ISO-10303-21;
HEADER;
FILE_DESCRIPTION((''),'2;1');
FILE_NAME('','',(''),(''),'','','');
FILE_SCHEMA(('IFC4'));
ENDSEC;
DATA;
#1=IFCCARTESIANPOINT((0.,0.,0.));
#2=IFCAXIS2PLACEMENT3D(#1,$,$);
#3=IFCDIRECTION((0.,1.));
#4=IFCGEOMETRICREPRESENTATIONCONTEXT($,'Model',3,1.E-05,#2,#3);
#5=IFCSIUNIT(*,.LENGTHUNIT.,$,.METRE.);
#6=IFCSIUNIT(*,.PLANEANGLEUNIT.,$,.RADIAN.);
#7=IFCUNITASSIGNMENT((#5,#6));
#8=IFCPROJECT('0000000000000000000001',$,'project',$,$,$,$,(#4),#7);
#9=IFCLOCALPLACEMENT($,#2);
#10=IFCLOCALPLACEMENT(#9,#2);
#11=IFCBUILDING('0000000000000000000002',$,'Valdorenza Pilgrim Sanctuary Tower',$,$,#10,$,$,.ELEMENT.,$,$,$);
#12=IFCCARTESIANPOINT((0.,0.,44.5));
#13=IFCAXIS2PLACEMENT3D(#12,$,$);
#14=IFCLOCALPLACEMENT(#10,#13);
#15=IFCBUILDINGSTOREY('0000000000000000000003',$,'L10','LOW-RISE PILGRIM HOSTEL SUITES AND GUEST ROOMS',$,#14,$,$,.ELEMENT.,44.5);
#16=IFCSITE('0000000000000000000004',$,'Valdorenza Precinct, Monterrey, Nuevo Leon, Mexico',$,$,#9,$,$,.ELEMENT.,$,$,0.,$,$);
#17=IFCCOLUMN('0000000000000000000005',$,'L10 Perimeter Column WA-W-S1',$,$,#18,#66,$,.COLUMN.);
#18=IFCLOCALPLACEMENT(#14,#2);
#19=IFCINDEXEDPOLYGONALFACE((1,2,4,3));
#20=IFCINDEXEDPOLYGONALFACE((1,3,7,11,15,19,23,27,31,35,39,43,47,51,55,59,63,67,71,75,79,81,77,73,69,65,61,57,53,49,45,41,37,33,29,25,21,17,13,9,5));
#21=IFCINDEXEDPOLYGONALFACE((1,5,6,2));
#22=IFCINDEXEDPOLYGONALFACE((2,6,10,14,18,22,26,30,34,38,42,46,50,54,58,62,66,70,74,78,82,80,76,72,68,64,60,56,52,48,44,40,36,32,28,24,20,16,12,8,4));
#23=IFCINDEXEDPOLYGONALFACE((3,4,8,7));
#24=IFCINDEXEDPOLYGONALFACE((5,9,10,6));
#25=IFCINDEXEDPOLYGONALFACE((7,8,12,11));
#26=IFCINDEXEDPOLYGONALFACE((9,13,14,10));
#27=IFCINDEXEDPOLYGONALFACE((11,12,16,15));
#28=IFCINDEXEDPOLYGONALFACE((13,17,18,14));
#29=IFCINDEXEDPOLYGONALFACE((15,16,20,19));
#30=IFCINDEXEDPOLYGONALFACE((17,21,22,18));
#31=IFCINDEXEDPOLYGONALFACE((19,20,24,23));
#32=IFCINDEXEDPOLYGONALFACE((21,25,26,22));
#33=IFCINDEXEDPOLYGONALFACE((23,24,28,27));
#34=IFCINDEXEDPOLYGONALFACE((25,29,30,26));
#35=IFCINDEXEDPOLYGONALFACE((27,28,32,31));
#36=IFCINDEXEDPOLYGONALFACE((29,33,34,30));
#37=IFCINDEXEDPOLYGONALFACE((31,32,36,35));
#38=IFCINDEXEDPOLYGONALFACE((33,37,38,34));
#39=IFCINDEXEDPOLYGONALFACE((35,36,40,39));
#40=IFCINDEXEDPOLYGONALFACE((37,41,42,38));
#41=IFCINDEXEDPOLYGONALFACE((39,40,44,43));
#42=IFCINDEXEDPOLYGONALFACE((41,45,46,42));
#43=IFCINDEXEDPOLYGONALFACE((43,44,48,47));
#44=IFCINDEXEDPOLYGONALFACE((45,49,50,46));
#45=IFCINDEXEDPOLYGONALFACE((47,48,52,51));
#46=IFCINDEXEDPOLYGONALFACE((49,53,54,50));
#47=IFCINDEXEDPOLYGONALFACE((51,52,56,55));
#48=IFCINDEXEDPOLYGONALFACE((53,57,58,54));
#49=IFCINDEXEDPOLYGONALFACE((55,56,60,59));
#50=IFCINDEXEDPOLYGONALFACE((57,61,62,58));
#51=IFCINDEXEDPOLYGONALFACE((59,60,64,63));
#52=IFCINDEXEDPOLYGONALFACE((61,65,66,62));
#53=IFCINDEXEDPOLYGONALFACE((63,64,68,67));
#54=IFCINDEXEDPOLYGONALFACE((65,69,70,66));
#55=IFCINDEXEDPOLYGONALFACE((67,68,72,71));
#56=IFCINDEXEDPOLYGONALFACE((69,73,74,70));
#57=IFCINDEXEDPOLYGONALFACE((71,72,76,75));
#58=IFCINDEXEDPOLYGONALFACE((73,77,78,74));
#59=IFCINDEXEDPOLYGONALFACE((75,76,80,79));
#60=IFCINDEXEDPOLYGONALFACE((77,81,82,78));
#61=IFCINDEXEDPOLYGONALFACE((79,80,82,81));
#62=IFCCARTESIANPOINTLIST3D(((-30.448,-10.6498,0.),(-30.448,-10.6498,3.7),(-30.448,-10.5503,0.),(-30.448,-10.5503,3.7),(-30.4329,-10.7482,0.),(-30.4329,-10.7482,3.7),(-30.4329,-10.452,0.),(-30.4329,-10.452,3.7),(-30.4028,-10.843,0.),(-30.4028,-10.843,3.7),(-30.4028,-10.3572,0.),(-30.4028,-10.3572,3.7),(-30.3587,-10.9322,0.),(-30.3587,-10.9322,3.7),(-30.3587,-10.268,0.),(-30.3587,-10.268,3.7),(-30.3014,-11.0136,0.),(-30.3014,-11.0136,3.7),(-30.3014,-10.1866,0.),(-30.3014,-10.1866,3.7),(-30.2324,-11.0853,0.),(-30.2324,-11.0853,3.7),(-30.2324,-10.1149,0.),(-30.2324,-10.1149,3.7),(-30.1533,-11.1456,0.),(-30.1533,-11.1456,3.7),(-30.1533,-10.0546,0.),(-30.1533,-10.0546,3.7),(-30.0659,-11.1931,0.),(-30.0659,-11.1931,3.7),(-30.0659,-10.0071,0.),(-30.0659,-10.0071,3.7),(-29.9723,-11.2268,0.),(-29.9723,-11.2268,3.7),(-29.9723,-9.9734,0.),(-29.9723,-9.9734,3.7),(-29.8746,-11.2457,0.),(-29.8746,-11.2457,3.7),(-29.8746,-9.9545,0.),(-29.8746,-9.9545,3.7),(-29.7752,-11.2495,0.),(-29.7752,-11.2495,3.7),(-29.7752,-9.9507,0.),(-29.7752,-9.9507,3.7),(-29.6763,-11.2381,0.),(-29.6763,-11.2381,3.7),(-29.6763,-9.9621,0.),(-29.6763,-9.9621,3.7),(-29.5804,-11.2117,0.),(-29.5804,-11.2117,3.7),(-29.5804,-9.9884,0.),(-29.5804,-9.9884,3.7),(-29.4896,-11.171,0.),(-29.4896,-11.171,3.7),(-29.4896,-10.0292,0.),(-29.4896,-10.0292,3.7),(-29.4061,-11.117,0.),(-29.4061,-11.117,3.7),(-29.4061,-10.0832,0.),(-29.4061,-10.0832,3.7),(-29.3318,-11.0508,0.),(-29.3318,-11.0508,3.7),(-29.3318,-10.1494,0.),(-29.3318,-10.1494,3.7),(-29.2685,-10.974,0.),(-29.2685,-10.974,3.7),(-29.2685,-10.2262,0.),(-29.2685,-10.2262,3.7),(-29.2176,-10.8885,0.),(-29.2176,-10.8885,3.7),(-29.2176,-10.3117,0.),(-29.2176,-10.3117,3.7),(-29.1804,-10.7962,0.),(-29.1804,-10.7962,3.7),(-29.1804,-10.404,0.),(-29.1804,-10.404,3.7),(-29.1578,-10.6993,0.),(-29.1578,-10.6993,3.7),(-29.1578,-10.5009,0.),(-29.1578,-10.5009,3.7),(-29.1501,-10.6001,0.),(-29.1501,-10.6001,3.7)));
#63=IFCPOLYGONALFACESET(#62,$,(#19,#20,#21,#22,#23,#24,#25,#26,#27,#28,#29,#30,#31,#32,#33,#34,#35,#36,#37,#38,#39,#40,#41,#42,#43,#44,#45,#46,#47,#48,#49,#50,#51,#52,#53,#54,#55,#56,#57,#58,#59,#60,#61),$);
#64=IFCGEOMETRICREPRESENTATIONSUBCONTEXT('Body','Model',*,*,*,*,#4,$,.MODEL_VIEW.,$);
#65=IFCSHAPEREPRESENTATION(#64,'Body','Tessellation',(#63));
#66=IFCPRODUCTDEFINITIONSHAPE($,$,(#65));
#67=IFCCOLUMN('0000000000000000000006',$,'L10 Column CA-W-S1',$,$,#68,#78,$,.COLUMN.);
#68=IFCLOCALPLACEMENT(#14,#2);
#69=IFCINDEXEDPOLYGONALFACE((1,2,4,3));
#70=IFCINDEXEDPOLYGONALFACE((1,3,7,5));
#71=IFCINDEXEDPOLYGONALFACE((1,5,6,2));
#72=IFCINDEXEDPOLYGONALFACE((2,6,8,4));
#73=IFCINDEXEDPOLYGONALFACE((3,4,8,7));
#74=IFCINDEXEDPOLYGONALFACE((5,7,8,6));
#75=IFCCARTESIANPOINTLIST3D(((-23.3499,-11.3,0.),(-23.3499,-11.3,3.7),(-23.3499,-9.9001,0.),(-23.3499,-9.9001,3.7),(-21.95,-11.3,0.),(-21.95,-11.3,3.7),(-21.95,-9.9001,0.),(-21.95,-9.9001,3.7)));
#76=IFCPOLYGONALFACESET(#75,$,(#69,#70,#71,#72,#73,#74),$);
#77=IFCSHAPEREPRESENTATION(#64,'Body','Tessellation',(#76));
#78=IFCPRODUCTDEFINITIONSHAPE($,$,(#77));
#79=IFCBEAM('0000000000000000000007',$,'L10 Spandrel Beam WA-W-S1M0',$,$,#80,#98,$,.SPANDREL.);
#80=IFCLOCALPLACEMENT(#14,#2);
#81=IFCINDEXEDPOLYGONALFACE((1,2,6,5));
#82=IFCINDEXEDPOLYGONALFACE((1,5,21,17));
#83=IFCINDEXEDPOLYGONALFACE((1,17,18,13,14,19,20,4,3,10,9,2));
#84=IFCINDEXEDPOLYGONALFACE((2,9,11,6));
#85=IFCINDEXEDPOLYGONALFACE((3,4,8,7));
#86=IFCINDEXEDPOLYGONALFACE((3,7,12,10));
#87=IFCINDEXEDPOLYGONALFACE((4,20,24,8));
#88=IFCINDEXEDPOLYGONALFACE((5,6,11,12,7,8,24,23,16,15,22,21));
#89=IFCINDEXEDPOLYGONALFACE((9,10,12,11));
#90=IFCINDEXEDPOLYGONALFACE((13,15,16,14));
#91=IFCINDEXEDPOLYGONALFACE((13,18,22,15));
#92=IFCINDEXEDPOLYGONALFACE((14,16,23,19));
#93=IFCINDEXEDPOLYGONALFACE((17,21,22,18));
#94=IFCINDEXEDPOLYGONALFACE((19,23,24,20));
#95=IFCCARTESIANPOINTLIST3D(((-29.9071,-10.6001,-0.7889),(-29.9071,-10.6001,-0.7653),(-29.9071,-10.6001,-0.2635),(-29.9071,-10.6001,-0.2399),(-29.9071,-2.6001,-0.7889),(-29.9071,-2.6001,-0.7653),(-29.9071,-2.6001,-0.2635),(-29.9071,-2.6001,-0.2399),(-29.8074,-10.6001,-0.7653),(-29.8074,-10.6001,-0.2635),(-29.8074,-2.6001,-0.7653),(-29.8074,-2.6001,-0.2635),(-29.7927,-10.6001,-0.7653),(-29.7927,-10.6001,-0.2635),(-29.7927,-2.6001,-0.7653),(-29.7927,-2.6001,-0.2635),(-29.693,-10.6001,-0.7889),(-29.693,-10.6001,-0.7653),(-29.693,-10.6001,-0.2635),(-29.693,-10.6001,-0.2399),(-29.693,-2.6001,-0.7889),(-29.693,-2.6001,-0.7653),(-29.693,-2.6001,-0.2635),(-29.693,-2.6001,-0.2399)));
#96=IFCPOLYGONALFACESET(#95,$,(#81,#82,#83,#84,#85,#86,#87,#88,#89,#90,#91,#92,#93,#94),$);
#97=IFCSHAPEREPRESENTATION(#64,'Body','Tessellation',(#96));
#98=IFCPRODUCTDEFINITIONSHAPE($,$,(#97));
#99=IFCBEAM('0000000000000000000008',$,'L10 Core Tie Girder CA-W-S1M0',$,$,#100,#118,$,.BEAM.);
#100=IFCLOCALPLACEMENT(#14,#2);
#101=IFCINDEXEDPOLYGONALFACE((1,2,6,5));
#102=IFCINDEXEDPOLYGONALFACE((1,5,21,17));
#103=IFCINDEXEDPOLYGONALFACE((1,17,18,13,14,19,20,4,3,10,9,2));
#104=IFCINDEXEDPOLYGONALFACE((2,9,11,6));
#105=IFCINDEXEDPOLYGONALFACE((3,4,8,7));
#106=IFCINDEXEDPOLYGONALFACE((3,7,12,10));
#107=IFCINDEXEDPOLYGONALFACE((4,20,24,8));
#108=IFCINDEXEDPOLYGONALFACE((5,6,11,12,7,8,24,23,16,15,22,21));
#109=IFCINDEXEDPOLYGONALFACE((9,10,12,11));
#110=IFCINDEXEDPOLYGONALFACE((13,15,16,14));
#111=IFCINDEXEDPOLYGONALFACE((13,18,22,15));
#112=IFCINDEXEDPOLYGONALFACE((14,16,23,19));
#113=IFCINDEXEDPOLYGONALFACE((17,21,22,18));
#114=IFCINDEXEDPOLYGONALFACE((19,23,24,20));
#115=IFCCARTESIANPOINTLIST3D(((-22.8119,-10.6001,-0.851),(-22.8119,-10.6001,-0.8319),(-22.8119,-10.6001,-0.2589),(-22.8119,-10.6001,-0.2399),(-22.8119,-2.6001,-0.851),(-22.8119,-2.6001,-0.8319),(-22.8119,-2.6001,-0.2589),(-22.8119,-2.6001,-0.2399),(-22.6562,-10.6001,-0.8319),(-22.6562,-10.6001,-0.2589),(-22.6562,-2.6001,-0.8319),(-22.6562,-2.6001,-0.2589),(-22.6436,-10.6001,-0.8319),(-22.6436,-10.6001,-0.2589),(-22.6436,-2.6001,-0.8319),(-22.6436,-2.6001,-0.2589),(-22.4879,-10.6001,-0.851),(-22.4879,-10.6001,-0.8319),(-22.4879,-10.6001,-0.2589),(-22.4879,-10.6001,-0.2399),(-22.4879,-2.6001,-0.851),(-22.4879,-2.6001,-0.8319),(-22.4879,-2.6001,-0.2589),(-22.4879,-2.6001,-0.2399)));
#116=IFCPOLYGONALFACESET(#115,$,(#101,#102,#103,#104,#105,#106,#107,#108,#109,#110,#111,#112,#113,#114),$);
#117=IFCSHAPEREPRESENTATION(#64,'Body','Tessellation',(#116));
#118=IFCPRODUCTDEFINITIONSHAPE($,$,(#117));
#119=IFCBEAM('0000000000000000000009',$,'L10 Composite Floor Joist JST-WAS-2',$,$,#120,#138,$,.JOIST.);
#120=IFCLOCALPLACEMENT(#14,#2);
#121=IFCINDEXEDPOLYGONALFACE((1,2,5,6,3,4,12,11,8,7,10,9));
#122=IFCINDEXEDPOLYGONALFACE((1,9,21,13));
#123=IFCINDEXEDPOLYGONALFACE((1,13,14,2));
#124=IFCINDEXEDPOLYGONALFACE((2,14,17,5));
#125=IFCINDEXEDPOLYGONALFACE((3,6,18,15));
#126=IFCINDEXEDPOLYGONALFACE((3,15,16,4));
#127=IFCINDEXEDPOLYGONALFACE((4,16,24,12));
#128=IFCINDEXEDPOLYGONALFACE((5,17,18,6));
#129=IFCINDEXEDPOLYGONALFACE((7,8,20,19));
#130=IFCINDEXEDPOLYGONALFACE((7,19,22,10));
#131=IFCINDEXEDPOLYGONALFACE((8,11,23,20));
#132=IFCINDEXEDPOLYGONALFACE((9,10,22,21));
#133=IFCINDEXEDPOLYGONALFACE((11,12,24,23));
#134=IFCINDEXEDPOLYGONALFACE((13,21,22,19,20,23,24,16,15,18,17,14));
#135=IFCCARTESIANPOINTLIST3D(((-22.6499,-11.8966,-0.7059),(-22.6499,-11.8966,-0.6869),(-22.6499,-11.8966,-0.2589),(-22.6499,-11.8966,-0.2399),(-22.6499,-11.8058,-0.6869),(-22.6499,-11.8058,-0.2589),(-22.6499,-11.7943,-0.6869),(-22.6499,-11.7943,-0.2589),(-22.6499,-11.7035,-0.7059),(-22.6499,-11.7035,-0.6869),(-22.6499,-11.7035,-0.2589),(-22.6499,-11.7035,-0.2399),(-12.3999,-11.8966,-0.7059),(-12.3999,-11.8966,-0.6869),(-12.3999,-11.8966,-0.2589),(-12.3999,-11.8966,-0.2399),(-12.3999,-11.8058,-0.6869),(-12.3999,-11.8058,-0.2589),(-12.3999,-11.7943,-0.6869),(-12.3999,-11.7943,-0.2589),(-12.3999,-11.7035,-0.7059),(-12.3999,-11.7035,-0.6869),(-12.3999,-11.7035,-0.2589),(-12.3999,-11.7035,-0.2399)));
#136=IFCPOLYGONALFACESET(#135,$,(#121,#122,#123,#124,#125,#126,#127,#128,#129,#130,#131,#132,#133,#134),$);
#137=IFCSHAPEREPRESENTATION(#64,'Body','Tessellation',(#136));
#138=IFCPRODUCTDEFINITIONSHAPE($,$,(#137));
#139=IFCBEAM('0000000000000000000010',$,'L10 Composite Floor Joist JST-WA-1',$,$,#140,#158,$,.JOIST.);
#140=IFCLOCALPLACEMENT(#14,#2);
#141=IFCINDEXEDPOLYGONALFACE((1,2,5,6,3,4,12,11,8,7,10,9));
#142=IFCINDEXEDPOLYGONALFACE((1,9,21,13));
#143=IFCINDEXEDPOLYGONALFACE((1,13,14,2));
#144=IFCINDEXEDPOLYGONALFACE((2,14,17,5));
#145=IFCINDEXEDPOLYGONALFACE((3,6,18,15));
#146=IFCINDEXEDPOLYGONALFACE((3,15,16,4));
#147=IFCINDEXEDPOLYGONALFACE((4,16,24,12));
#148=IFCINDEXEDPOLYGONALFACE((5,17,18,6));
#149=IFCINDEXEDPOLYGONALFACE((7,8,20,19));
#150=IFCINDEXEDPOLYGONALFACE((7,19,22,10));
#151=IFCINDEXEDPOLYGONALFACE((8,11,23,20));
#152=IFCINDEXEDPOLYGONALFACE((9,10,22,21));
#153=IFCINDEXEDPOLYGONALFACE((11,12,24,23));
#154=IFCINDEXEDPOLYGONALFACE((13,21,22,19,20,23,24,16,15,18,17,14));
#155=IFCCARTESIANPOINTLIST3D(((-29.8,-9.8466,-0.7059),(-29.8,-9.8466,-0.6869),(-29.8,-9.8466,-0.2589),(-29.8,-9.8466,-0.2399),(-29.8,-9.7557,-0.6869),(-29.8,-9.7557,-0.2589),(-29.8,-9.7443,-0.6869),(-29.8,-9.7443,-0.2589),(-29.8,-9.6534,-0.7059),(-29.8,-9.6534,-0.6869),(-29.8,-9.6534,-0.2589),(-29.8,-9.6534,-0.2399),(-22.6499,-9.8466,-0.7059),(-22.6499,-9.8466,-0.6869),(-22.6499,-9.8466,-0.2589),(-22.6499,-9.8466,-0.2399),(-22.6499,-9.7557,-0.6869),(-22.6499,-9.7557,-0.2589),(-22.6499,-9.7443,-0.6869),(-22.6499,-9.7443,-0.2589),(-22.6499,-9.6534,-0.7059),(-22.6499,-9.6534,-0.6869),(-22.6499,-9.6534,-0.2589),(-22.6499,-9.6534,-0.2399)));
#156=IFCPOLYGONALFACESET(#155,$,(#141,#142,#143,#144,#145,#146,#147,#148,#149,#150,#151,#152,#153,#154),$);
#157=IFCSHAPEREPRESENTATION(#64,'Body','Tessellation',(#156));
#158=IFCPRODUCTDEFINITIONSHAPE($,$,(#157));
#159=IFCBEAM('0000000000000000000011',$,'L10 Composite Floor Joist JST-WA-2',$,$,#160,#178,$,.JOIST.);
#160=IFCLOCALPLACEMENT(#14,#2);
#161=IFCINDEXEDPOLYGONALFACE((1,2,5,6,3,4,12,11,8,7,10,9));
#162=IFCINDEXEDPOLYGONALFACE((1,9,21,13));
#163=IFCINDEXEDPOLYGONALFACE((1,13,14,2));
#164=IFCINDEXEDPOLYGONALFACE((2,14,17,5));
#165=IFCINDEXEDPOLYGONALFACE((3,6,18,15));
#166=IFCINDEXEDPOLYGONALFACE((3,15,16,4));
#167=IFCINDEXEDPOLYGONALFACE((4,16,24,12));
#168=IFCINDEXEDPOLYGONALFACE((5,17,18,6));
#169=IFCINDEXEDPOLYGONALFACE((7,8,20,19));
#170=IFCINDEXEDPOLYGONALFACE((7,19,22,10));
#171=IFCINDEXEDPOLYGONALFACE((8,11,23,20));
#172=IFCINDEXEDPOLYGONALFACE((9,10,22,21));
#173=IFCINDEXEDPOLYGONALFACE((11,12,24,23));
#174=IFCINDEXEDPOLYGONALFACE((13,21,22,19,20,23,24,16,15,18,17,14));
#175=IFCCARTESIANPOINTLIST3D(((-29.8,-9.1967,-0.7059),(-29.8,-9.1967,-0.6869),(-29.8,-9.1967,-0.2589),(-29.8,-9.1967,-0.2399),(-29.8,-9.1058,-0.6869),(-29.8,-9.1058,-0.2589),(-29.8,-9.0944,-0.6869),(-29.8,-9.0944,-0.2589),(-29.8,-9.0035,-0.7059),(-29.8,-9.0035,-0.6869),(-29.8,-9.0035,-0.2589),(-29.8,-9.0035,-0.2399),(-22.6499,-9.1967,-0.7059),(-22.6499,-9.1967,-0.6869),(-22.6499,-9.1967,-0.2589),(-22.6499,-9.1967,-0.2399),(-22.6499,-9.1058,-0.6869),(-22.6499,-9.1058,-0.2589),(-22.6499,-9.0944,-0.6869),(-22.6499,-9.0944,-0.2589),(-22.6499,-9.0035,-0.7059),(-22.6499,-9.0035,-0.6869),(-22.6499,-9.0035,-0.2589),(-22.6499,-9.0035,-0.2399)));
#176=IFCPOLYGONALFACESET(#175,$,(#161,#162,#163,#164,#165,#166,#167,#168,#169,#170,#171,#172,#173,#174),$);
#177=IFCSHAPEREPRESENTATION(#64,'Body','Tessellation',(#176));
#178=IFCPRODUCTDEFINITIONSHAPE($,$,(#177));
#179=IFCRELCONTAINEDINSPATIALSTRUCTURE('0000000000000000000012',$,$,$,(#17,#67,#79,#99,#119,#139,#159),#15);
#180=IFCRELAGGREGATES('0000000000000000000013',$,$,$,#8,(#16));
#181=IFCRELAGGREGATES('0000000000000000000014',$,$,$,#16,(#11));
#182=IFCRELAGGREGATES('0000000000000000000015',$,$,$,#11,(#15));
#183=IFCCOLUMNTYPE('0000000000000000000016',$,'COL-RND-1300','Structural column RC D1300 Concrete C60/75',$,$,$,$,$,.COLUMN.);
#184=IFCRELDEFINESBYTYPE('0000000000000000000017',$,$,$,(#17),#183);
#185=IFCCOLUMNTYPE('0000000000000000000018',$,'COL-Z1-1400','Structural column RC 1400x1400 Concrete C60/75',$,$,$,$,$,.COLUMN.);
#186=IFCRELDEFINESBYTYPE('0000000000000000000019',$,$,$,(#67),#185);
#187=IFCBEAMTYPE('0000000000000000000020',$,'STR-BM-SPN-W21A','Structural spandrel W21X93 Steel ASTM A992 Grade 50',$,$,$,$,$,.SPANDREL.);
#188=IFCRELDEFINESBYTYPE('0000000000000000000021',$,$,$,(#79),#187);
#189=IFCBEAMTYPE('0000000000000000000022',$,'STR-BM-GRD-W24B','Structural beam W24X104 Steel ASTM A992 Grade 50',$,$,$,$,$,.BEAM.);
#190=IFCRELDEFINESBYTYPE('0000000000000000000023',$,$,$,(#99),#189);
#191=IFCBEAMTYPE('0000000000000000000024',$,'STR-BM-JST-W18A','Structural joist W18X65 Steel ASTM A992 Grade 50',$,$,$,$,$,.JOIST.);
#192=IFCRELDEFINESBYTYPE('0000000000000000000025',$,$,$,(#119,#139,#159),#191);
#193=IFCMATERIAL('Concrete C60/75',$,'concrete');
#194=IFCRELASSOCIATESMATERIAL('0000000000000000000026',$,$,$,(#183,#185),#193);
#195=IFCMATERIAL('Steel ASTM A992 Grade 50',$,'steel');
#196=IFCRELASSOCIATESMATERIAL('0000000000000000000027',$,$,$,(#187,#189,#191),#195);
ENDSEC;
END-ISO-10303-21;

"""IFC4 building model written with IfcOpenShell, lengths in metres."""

from ifc_helpers import new_model, si_unit, direction, frame, origin, origin_2d, place, context, subcontext, project, spatial, rectangle, circle, i_section, extrude, source, transform, mapped, material, material_profile, profile_set, type_object, element, save


model = new_model("IFC4")

# Units and contexts
model_context = context("Model", 3, precision=1e-05, world=origin(), true_north=direction((0.0, 1.0)))
body_context = subcontext(model_context, "Body", "Model", "MODEL_VIEW")
ifc_project = project(units=[si_unit("LENGTHUNIT", "METRE"), si_unit("PLANEANGLEUNIT", "RADIAN")], contexts=[model_context])

# Site, building, storey
site_placement = place(None, origin())
site = spatial("IfcSite", under=ifc_project, at=site_placement, Name="Valdorenza Precinct, Monterrey, Nuevo Leon, Mexico", CompositionType="ELEMENT", RefElevation=0.0)
building_placement = place(site_placement, origin())
building = spatial("IfcBuilding", under=site, at=building_placement, Name="Valdorenza Pilgrim Sanctuary Tower", CompositionType="ELEMENT")
storey_placement = place(building_placement, frame((0.0, 0.0, 44.5)))
storey = spatial("IfcBuildingStorey", under=building, at=storey_placement, Name="L10", Description="LOW-RISE PILGRIM HOSTEL SUITES AND GUEST ROOMS", CompositionType="ELEMENT", Elevation=44.5)

# Columns
ifc_material_1 = material(Name="Concrete C60/75", Category="concrete")
ifc_material_profile_1 = material_profile(ifc_material_1, circle(Radius=0.6499, at=origin_2d()), Name="RC D1300")
ifc_profile_set_1 = profile_set([ifc_material_profile_1], Name="Concrete C60/75")
column_type_1 = type_object("IfcColumnType", Name="COL-RND-1300", Description="Structural column RC D1300 Concrete C60/75", PredefinedType="COLUMN", material=ifc_profile_set_1)
shared_shape_1 = source(origin(), body_context, "Body", "SweptSolid", [
    extrude(circle(Radius=0.6499, at=origin_2d()), origin(), (0.0, 0.0, 1.0), 3.7),
])
column_1_placement = place(storey_placement, frame((-29.8, -10.6001, 0.0), z_axis=(0.0, 0.0, 1.0), x_axis=(1.0, 0.0, 0.0)))
element("IfcColumn", 1, at=column_1_placement, inside=storey, type_object=column_type_1, Name="L10 Perimeter Column WA-W-S1", PredefinedType="COLUMN", context=body_context, shape_type="MappedRepresentation", body=[
    mapped(shared_shape_1, transform((0.0, 0.0, 0.0), x_axis=(1.0, 0.0, 0.0), y_axis=(0.0, 1.0, 0.0), z_axis=(0.0, 0.0, 1.0), scale=1.0)),
])
ifc_material_profile_2 = material_profile(ifc_material_1, rectangle(XDim=1.3999, YDim=1.3999, at=origin_2d()), Name="RC 1400x1400")
ifc_profile_set_2 = profile_set([ifc_material_profile_2], Name="Concrete C60/75")
column_type_2 = type_object("IfcColumnType", Name="COL-Z1-1400", Description="Structural column RC 1400x1400 Concrete C60/75", PredefinedType="COLUMN", material=ifc_profile_set_2)
shared_shape_2 = source(origin(), body_context, "Body", "SweptSolid", [
    extrude(rectangle(XDim=1.3999, YDim=1.3999, at=origin_2d()), origin(), (0.0, 0.0, 1.0), 3.7),
])
column_2_placement = place(storey_placement, frame((-22.6499, -10.6001, 0.0), z_axis=(0.0, 0.0, 1.0), x_axis=(1.0, 0.0, 0.0)))
element("IfcColumn", 2, at=column_2_placement, inside=storey, type_object=column_type_2, Name="L10 Column CA-W-S1", PredefinedType="COLUMN", context=body_context, shape_type="MappedRepresentation", body=[
    mapped(shared_shape_2, transform((0.0, 0.0, 0.0), x_axis=(1.0, 0.0, 0.0), y_axis=(0.0, 1.0, 0.0), z_axis=(0.0, 0.0, 1.0), scale=1.0)),
])

# Beams
ifc_material_2 = material(Name="Steel ASTM A992 Grade 50", Category="steel")
ifc_material_profile_3 = material_profile(ifc_material_2, i_section(OverallWidth=0.2141, OverallDepth=0.5491, WebThickness=0.0146, FlangeThickness=0.0237, at=origin_2d()), Name="W21X93")
ifc_profile_set_3 = profile_set([ifc_material_profile_3], Name="Steel ASTM A992 Grade 50")
beam_type_1 = type_object("IfcBeamType", Name="STR-BM-SPN-W21A", Description="Structural spandrel W21X93 Steel ASTM A992 Grade 50", PredefinedType="SPANDREL", material=ifc_profile_set_3)
shared_shape_3 = source(origin(), body_context, "Body", "SweptSolid", [
    extrude(i_section(OverallWidth=0.2141, OverallDepth=0.5491, WebThickness=0.0146, FlangeThickness=0.0237, at=origin_2d()), origin(), (0.0, 0.0, 1.0), 8.0),
])
beam_1_placement = place(storey_placement, frame((-29.8, -10.6001, -0.5144), z_axis=(0.0, 1.0, 0.0), x_axis=(-1.0, 0.0, 0.0)))
element("IfcBeam", 3, at=beam_1_placement, inside=storey, type_object=beam_type_1, Name="L10 Spandrel Beam WA-W-S1M0", PredefinedType="SPANDREL", context=body_context, shape_type="MappedRepresentation", body=[
    mapped(shared_shape_3, transform((0.0, 0.0, 0.0), x_axis=(1.0, 0.0, 0.0), y_axis=(0.0, 1.0, 0.0), z_axis=(0.0, 0.0, 1.0), scale=1.0)),
])
ifc_material_profile_4 = material_profile(ifc_material_2, i_section(OverallWidth=0.324, OverallDepth=0.6111, WebThickness=0.0127, FlangeThickness=0.019, at=origin_2d()), Name="W24X104")
ifc_profile_set_4 = profile_set([ifc_material_profile_4], Name="Steel ASTM A992 Grade 50")
beam_type_2 = type_object("IfcBeamType", Name="STR-BM-GRD-W24B", Description="Structural beam W24X104 Steel ASTM A992 Grade 50", PredefinedType="BEAM", material=ifc_profile_set_4)
shared_shape_4 = source(origin(), body_context, "Body", "SweptSolid", [
    extrude(i_section(OverallWidth=0.324, OverallDepth=0.6111, WebThickness=0.0127, FlangeThickness=0.019, at=origin_2d()), origin(), (0.0, 0.0, 1.0), 8.0),
])
beam_2_placement = place(storey_placement, frame((-22.6499, -10.6001, -0.5454), z_axis=(0.0, 1.0, 0.0), x_axis=(-1.0, 0.0, 0.0)))
element("IfcBeam", 4, at=beam_2_placement, inside=storey, type_object=beam_type_2, Name="L10 Core Tie Girder CA-W-S1M0", PredefinedType="BEAM", context=body_context, shape_type="MappedRepresentation", body=[
    mapped(shared_shape_4, transform((0.0, 0.0, 0.0), x_axis=(1.0, 0.0, 0.0), y_axis=(0.0, 1.0, 0.0), z_axis=(0.0, 0.0, 1.0), scale=1.0)),
])
ifc_material_profile_5 = material_profile(ifc_material_2, i_section(OverallWidth=0.1931, OverallDepth=0.4661, WebThickness=0.0115, FlangeThickness=0.019, at=origin_2d()), Name="W18X65")
ifc_profile_set_5 = profile_set([ifc_material_profile_5], Name="Steel ASTM A992 Grade 50")
beam_type_3 = type_object("IfcBeamType", Name="STR-BM-JST-W18A", Description="Structural joist W18X65 Steel ASTM A992 Grade 50", PredefinedType="JOIST", material=ifc_profile_set_5)
shared_shape_5 = source(origin(), body_context, "Body", "SweptSolid", [
    extrude(i_section(OverallWidth=0.1931, OverallDepth=0.4661, WebThickness=0.0115, FlangeThickness=0.019, at=origin_2d()), origin(), (0.0, 0.0, 1.0), 10.25),
])
beam_3_placement = place(storey_placement, frame((-22.6499, -11.8, -0.4729), z_axis=(1.0, 0.0, 0.0), x_axis=(0.0, 1.0, 0.0)))
element("IfcBeam", 5, at=beam_3_placement, inside=storey, type_object=beam_type_3, Name="L10 Composite Floor Joist JST-WAS-2", PredefinedType="JOIST", context=body_context, shape_type="MappedRepresentation", body=[
    mapped(shared_shape_5, transform((0.0, 0.0, 0.0), x_axis=(1.0, 0.0, 0.0), y_axis=(0.0, 1.0, 0.0), z_axis=(0.0, 0.0, 1.0), scale=1.0)),
])
shared_shape_6 = source(origin(), body_context, "Body", "SweptSolid", [
    extrude(i_section(OverallWidth=0.1931, OverallDepth=0.4661, WebThickness=0.0115, FlangeThickness=0.019, at=origin_2d()), origin(), (0.0, 0.0, 1.0), 7.1501),
])
for number, where, z_axis, x_axis, name in (
    (6, (-29.8, -9.75, -0.4729), (1.0, 0.0, 0.0), (0.0, 1.0, 0.0), "L10 Composite Floor Joist JST-WA-1"),
    (7, (-29.8, -9.1001, -0.4729), (1.0, 0.0, 0.0), (0.0, 1.0, 0.0), "L10 Composite Floor Joist JST-WA-2"),
):
    element("IfcBeam", number, at=place(storey_placement, frame(where, z_axis=z_axis, x_axis=x_axis)), inside=storey, type_object=beam_type_3, Name=name, PredefinedType="JOIST", context=body_context, shape_type="MappedRepresentation", body=[
        mapped(shared_shape_6, transform((0.0, 0.0, 0.0), x_axis=(1.0, 0.0, 0.0), y_axis=(0.0, 1.0, 0.0), z_axis=(0.0, 0.0, 1.0), scale=1.0)),
    ])

save(model, "model.ifc")
